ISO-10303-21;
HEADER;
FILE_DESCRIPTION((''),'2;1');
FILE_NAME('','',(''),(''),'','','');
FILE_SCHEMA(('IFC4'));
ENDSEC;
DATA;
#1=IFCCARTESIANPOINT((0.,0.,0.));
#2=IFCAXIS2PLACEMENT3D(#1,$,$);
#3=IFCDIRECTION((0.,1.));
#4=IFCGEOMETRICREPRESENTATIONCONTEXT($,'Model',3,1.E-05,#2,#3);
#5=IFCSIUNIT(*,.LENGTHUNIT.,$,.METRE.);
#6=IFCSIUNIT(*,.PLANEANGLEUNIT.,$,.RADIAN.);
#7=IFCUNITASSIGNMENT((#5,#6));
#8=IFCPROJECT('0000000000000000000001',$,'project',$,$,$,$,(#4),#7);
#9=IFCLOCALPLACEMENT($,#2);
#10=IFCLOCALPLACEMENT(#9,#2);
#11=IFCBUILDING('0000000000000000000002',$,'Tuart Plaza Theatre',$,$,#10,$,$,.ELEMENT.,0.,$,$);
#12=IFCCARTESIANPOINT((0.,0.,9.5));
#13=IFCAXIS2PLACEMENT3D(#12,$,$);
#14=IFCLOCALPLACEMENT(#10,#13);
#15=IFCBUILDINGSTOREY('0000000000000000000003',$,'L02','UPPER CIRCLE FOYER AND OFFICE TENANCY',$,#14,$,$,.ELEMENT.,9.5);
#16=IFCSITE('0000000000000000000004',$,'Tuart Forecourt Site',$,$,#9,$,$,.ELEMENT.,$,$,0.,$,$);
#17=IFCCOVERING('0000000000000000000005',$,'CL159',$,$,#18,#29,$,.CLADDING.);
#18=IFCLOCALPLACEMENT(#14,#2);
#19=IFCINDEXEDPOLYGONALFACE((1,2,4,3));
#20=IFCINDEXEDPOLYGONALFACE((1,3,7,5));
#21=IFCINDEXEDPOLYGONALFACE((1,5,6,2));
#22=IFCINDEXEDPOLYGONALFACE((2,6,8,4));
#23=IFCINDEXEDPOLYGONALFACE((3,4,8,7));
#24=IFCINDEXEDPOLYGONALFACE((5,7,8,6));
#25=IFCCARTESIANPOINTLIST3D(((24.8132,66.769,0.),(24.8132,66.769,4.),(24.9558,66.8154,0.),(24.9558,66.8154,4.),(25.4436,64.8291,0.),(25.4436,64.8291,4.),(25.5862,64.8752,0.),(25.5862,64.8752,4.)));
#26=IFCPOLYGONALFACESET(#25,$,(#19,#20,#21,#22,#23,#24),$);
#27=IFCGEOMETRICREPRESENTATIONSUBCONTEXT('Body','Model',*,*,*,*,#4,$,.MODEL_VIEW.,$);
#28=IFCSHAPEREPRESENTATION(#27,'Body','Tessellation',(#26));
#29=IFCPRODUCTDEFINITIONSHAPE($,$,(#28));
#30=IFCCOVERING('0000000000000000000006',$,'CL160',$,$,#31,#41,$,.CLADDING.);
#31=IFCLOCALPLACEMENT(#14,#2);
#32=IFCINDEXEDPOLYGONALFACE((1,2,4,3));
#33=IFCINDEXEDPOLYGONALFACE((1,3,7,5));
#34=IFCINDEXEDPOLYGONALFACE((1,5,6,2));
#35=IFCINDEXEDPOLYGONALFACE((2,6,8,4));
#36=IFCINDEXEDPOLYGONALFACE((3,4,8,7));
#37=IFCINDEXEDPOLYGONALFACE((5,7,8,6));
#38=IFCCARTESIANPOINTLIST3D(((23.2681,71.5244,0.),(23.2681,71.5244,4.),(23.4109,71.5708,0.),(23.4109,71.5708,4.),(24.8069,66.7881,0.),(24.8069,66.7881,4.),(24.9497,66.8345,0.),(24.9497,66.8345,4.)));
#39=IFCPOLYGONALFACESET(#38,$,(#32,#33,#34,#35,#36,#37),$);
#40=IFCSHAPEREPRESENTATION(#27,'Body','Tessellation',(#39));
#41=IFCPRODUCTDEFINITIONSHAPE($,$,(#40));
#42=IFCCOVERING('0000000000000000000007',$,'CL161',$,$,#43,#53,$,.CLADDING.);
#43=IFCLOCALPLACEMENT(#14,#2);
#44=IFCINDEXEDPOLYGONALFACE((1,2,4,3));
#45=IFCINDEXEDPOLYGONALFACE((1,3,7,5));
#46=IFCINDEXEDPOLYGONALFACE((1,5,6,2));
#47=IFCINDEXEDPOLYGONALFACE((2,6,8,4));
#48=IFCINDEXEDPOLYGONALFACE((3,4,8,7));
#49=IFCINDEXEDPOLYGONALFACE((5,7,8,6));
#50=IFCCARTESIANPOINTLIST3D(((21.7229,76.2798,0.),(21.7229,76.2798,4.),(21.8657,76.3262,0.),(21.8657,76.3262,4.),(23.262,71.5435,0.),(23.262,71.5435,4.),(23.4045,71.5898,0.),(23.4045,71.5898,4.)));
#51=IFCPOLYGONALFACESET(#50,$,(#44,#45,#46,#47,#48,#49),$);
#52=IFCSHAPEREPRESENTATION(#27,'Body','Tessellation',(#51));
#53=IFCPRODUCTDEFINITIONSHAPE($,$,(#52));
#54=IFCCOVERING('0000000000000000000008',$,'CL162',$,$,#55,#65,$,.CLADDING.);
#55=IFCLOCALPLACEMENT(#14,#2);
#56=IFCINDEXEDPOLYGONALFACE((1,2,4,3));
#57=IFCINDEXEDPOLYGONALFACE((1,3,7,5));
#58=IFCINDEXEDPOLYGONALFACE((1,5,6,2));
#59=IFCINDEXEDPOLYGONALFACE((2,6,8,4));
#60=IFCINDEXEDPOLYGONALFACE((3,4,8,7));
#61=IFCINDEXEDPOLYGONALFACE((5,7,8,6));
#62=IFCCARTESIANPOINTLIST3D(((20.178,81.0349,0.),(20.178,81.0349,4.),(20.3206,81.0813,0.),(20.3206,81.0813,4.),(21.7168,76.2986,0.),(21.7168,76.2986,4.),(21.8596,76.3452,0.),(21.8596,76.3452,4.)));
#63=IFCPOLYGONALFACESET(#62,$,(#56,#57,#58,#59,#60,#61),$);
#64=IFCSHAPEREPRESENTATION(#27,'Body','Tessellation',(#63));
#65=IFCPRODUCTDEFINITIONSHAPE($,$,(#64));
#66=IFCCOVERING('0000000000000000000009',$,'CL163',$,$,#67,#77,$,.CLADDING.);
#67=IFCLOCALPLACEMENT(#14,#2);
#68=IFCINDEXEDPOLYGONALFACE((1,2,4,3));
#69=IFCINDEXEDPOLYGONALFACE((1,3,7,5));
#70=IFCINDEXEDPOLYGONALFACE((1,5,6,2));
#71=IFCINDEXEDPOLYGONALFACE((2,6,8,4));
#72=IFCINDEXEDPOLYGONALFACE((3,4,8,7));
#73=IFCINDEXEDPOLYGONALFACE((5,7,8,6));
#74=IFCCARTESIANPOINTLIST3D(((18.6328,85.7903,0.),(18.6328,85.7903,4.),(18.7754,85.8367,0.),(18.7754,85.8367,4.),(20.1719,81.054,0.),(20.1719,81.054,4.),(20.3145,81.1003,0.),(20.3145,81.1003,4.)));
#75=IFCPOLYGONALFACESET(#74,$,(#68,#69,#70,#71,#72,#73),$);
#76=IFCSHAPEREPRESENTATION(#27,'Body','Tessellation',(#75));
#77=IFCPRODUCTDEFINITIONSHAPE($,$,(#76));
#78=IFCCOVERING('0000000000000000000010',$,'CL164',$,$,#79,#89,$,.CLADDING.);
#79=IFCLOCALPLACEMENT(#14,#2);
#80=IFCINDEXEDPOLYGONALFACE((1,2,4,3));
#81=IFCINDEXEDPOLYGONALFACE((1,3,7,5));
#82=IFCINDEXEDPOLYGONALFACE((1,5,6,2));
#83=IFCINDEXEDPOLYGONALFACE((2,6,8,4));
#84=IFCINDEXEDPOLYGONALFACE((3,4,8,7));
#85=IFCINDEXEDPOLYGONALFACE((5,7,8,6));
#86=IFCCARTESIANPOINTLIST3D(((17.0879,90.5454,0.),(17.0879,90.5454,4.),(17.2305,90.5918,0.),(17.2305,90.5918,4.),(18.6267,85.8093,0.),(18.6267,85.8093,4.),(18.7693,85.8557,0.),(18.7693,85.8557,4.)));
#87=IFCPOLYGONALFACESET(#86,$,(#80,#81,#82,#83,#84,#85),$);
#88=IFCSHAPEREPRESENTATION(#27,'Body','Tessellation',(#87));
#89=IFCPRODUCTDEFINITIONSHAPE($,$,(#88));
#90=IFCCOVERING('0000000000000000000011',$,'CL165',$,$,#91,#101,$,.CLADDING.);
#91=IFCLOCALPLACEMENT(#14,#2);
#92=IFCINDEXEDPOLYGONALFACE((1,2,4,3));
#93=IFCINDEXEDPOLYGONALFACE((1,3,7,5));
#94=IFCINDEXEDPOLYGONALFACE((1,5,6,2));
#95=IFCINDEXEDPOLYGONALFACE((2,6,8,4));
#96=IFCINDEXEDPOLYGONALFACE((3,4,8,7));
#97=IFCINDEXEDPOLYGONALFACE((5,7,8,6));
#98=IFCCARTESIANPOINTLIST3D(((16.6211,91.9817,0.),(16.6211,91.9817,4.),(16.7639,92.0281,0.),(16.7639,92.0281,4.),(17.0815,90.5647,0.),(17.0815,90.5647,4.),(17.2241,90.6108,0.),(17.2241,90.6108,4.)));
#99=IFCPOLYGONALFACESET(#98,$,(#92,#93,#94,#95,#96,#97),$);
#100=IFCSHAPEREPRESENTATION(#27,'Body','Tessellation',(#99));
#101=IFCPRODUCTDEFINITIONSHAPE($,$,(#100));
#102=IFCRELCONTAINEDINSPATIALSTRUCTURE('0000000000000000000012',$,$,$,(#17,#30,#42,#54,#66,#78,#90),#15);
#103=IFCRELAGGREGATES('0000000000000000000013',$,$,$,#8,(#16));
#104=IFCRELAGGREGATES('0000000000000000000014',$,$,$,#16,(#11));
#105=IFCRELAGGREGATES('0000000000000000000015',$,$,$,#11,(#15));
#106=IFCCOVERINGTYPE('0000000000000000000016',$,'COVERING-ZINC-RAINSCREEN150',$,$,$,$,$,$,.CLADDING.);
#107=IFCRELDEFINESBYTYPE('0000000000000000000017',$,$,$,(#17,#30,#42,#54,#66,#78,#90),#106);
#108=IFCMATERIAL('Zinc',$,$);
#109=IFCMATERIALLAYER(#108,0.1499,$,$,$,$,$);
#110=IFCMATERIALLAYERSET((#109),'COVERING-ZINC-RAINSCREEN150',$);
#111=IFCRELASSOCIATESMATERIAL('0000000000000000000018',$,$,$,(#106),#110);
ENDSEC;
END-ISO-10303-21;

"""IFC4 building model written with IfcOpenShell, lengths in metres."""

from ifc_helpers import new_model, si_unit, direction, frame, origin, place, context, subcontext, project, spatial, polyline, outline, extrude, material, layer, layer_set, type_object, element, save


model = new_model("IFC4")

# Units and contexts
model_context = context("Model", 3, precision=1e-05, world=origin(), true_north=direction((0.0, 1.0)))
body_context = subcontext(model_context, "Body", "Model", "MODEL_VIEW")
ifc_project = project(units=[si_unit("LENGTHUNIT", "METRE"), si_unit("PLANEANGLEUNIT", "RADIAN")], contexts=[model_context])

# Site, building, storey
site_placement = place(None, origin())
site = spatial("IfcSite", under=ifc_project, at=site_placement, Name="Tuart Forecourt Site", CompositionType="ELEMENT", RefElevation=0.0)
building_placement = place(site_placement, origin())
building = spatial("IfcBuilding", under=site, at=building_placement, Name="Tuart Plaza Theatre", CompositionType="ELEMENT", ElevationOfRefHeight=0.0)
storey_placement = place(building_placement, frame((0.0, 0.0, 9.5)))
storey = spatial("IfcBuildingStorey", under=building, at=storey_placement, Name="L02", Description="UPPER CIRCLE FOYER AND OFFICE TENANCY", CompositionType="ELEMENT", Elevation=9.5)

# Coverings
ifc_material_1 = material(Name="Zinc")
ifc_layer_1 = layer(ifc_material_1, 0.1499)
ifc_layer_set_1 = layer_set([ifc_layer_1], Name="COVERING-ZINC-RAINSCREEN150")
covering_type = type_object("IfcCoveringType", Name="COVERING-ZINC-RAINSCREEN150", PredefinedType="CLADDING", material=ifc_layer_set_1)
covering_1_placement = place(storey_placement, origin())
element("IfcCovering", 1, at=covering_1_placement, inside=storey, type_object=covering_type, Name="CL159", PredefinedType="CLADDING", context=body_context, shape_type="SweptSolid", body=[
    extrude(outline(polyline([(25.4436, 64.8291), (24.8132, 66.769), (24.9558, 66.8154), (25.5862, 64.8752), (25.4436, 64.8291)])), origin(), (0.0, 0.0, 1.0), 4.0),
])
covering_2_placement = place(storey_placement, origin())
element("IfcCovering", 2, at=covering_2_placement, inside=storey, type_object=covering_type, Name="CL160", PredefinedType="CLADDING", context=body_context, shape_type="SweptSolid", body=[
    extrude(outline(polyline([(24.8069, 66.7881), (23.2681, 71.5244), (23.4109, 71.5708), (24.9497, 66.8345), (24.8069, 66.7881)])), origin(), (0.0, 0.0, 1.0), 4.0),
])
covering_3_placement = place(storey_placement, origin())
element("IfcCovering", 3, at=covering_3_placement, inside=storey, type_object=covering_type, Name="CL161", PredefinedType="CLADDING", context=body_context, shape_type="SweptSolid", body=[
    extrude(outline(polyline([(23.262, 71.5435), (21.7229, 76.2798), (21.8657, 76.3262), (23.4045, 71.5898), (23.262, 71.5435)])), origin(), (0.0, 0.0, 1.0), 4.0),
])
covering_4_placement = place(storey_placement, origin())
element("IfcCovering", 4, at=covering_4_placement, inside=storey, type_object=covering_type, Name="CL162", PredefinedType="CLADDING", context=body_context, shape_type="SweptSolid", body=[
    extrude(outline(polyline([(21.7168, 76.2986), (20.178, 81.0349), (20.3206, 81.0813), (21.8596, 76.3452), (21.7168, 76.2986)])), origin(), (0.0, 0.0, 1.0), 4.0),
])
covering_5_placement = place(storey_placement, origin())
element("IfcCovering", 5, at=covering_5_placement, inside=storey, type_object=covering_type, Name="CL163", PredefinedType="CLADDING", context=body_context, shape_type="SweptSolid", body=[
    extrude(outline(polyline([(20.1719, 81.054), (18.6328, 85.7903), (18.7754, 85.8367), (20.3145, 81.1003), (20.1719, 81.054)])), origin(), (0.0, 0.0, 1.0), 4.0),
])
covering_6_placement = place(storey_placement, origin())
element("IfcCovering", 6, at=covering_6_placement, inside=storey, type_object=covering_type, Name="CL164", PredefinedType="CLADDING", context=body_context, shape_type="SweptSolid", body=[
    extrude(outline(polyline([(18.6267, 85.8093), (17.0879, 90.5454), (17.2305, 90.5918), (18.7693, 85.8557), (18.6267, 85.8093)])), origin(), (0.0, 0.0, 1.0), 4.0),
])
covering_7_placement = place(storey_placement, origin())
element("IfcCovering", 7, at=covering_7_placement, inside=storey, type_object=covering_type, Name="CL165", PredefinedType="CLADDING", context=body_context, shape_type="SweptSolid", body=[
    extrude(outline(polyline([(17.0815, 90.5647), (16.6211, 91.9817), (16.7639, 92.0281), (17.2241, 90.6108), (17.0815, 90.5647)])), origin(), (0.0, 0.0, 1.0), 4.0),
])

save(model, "model.ifc")
